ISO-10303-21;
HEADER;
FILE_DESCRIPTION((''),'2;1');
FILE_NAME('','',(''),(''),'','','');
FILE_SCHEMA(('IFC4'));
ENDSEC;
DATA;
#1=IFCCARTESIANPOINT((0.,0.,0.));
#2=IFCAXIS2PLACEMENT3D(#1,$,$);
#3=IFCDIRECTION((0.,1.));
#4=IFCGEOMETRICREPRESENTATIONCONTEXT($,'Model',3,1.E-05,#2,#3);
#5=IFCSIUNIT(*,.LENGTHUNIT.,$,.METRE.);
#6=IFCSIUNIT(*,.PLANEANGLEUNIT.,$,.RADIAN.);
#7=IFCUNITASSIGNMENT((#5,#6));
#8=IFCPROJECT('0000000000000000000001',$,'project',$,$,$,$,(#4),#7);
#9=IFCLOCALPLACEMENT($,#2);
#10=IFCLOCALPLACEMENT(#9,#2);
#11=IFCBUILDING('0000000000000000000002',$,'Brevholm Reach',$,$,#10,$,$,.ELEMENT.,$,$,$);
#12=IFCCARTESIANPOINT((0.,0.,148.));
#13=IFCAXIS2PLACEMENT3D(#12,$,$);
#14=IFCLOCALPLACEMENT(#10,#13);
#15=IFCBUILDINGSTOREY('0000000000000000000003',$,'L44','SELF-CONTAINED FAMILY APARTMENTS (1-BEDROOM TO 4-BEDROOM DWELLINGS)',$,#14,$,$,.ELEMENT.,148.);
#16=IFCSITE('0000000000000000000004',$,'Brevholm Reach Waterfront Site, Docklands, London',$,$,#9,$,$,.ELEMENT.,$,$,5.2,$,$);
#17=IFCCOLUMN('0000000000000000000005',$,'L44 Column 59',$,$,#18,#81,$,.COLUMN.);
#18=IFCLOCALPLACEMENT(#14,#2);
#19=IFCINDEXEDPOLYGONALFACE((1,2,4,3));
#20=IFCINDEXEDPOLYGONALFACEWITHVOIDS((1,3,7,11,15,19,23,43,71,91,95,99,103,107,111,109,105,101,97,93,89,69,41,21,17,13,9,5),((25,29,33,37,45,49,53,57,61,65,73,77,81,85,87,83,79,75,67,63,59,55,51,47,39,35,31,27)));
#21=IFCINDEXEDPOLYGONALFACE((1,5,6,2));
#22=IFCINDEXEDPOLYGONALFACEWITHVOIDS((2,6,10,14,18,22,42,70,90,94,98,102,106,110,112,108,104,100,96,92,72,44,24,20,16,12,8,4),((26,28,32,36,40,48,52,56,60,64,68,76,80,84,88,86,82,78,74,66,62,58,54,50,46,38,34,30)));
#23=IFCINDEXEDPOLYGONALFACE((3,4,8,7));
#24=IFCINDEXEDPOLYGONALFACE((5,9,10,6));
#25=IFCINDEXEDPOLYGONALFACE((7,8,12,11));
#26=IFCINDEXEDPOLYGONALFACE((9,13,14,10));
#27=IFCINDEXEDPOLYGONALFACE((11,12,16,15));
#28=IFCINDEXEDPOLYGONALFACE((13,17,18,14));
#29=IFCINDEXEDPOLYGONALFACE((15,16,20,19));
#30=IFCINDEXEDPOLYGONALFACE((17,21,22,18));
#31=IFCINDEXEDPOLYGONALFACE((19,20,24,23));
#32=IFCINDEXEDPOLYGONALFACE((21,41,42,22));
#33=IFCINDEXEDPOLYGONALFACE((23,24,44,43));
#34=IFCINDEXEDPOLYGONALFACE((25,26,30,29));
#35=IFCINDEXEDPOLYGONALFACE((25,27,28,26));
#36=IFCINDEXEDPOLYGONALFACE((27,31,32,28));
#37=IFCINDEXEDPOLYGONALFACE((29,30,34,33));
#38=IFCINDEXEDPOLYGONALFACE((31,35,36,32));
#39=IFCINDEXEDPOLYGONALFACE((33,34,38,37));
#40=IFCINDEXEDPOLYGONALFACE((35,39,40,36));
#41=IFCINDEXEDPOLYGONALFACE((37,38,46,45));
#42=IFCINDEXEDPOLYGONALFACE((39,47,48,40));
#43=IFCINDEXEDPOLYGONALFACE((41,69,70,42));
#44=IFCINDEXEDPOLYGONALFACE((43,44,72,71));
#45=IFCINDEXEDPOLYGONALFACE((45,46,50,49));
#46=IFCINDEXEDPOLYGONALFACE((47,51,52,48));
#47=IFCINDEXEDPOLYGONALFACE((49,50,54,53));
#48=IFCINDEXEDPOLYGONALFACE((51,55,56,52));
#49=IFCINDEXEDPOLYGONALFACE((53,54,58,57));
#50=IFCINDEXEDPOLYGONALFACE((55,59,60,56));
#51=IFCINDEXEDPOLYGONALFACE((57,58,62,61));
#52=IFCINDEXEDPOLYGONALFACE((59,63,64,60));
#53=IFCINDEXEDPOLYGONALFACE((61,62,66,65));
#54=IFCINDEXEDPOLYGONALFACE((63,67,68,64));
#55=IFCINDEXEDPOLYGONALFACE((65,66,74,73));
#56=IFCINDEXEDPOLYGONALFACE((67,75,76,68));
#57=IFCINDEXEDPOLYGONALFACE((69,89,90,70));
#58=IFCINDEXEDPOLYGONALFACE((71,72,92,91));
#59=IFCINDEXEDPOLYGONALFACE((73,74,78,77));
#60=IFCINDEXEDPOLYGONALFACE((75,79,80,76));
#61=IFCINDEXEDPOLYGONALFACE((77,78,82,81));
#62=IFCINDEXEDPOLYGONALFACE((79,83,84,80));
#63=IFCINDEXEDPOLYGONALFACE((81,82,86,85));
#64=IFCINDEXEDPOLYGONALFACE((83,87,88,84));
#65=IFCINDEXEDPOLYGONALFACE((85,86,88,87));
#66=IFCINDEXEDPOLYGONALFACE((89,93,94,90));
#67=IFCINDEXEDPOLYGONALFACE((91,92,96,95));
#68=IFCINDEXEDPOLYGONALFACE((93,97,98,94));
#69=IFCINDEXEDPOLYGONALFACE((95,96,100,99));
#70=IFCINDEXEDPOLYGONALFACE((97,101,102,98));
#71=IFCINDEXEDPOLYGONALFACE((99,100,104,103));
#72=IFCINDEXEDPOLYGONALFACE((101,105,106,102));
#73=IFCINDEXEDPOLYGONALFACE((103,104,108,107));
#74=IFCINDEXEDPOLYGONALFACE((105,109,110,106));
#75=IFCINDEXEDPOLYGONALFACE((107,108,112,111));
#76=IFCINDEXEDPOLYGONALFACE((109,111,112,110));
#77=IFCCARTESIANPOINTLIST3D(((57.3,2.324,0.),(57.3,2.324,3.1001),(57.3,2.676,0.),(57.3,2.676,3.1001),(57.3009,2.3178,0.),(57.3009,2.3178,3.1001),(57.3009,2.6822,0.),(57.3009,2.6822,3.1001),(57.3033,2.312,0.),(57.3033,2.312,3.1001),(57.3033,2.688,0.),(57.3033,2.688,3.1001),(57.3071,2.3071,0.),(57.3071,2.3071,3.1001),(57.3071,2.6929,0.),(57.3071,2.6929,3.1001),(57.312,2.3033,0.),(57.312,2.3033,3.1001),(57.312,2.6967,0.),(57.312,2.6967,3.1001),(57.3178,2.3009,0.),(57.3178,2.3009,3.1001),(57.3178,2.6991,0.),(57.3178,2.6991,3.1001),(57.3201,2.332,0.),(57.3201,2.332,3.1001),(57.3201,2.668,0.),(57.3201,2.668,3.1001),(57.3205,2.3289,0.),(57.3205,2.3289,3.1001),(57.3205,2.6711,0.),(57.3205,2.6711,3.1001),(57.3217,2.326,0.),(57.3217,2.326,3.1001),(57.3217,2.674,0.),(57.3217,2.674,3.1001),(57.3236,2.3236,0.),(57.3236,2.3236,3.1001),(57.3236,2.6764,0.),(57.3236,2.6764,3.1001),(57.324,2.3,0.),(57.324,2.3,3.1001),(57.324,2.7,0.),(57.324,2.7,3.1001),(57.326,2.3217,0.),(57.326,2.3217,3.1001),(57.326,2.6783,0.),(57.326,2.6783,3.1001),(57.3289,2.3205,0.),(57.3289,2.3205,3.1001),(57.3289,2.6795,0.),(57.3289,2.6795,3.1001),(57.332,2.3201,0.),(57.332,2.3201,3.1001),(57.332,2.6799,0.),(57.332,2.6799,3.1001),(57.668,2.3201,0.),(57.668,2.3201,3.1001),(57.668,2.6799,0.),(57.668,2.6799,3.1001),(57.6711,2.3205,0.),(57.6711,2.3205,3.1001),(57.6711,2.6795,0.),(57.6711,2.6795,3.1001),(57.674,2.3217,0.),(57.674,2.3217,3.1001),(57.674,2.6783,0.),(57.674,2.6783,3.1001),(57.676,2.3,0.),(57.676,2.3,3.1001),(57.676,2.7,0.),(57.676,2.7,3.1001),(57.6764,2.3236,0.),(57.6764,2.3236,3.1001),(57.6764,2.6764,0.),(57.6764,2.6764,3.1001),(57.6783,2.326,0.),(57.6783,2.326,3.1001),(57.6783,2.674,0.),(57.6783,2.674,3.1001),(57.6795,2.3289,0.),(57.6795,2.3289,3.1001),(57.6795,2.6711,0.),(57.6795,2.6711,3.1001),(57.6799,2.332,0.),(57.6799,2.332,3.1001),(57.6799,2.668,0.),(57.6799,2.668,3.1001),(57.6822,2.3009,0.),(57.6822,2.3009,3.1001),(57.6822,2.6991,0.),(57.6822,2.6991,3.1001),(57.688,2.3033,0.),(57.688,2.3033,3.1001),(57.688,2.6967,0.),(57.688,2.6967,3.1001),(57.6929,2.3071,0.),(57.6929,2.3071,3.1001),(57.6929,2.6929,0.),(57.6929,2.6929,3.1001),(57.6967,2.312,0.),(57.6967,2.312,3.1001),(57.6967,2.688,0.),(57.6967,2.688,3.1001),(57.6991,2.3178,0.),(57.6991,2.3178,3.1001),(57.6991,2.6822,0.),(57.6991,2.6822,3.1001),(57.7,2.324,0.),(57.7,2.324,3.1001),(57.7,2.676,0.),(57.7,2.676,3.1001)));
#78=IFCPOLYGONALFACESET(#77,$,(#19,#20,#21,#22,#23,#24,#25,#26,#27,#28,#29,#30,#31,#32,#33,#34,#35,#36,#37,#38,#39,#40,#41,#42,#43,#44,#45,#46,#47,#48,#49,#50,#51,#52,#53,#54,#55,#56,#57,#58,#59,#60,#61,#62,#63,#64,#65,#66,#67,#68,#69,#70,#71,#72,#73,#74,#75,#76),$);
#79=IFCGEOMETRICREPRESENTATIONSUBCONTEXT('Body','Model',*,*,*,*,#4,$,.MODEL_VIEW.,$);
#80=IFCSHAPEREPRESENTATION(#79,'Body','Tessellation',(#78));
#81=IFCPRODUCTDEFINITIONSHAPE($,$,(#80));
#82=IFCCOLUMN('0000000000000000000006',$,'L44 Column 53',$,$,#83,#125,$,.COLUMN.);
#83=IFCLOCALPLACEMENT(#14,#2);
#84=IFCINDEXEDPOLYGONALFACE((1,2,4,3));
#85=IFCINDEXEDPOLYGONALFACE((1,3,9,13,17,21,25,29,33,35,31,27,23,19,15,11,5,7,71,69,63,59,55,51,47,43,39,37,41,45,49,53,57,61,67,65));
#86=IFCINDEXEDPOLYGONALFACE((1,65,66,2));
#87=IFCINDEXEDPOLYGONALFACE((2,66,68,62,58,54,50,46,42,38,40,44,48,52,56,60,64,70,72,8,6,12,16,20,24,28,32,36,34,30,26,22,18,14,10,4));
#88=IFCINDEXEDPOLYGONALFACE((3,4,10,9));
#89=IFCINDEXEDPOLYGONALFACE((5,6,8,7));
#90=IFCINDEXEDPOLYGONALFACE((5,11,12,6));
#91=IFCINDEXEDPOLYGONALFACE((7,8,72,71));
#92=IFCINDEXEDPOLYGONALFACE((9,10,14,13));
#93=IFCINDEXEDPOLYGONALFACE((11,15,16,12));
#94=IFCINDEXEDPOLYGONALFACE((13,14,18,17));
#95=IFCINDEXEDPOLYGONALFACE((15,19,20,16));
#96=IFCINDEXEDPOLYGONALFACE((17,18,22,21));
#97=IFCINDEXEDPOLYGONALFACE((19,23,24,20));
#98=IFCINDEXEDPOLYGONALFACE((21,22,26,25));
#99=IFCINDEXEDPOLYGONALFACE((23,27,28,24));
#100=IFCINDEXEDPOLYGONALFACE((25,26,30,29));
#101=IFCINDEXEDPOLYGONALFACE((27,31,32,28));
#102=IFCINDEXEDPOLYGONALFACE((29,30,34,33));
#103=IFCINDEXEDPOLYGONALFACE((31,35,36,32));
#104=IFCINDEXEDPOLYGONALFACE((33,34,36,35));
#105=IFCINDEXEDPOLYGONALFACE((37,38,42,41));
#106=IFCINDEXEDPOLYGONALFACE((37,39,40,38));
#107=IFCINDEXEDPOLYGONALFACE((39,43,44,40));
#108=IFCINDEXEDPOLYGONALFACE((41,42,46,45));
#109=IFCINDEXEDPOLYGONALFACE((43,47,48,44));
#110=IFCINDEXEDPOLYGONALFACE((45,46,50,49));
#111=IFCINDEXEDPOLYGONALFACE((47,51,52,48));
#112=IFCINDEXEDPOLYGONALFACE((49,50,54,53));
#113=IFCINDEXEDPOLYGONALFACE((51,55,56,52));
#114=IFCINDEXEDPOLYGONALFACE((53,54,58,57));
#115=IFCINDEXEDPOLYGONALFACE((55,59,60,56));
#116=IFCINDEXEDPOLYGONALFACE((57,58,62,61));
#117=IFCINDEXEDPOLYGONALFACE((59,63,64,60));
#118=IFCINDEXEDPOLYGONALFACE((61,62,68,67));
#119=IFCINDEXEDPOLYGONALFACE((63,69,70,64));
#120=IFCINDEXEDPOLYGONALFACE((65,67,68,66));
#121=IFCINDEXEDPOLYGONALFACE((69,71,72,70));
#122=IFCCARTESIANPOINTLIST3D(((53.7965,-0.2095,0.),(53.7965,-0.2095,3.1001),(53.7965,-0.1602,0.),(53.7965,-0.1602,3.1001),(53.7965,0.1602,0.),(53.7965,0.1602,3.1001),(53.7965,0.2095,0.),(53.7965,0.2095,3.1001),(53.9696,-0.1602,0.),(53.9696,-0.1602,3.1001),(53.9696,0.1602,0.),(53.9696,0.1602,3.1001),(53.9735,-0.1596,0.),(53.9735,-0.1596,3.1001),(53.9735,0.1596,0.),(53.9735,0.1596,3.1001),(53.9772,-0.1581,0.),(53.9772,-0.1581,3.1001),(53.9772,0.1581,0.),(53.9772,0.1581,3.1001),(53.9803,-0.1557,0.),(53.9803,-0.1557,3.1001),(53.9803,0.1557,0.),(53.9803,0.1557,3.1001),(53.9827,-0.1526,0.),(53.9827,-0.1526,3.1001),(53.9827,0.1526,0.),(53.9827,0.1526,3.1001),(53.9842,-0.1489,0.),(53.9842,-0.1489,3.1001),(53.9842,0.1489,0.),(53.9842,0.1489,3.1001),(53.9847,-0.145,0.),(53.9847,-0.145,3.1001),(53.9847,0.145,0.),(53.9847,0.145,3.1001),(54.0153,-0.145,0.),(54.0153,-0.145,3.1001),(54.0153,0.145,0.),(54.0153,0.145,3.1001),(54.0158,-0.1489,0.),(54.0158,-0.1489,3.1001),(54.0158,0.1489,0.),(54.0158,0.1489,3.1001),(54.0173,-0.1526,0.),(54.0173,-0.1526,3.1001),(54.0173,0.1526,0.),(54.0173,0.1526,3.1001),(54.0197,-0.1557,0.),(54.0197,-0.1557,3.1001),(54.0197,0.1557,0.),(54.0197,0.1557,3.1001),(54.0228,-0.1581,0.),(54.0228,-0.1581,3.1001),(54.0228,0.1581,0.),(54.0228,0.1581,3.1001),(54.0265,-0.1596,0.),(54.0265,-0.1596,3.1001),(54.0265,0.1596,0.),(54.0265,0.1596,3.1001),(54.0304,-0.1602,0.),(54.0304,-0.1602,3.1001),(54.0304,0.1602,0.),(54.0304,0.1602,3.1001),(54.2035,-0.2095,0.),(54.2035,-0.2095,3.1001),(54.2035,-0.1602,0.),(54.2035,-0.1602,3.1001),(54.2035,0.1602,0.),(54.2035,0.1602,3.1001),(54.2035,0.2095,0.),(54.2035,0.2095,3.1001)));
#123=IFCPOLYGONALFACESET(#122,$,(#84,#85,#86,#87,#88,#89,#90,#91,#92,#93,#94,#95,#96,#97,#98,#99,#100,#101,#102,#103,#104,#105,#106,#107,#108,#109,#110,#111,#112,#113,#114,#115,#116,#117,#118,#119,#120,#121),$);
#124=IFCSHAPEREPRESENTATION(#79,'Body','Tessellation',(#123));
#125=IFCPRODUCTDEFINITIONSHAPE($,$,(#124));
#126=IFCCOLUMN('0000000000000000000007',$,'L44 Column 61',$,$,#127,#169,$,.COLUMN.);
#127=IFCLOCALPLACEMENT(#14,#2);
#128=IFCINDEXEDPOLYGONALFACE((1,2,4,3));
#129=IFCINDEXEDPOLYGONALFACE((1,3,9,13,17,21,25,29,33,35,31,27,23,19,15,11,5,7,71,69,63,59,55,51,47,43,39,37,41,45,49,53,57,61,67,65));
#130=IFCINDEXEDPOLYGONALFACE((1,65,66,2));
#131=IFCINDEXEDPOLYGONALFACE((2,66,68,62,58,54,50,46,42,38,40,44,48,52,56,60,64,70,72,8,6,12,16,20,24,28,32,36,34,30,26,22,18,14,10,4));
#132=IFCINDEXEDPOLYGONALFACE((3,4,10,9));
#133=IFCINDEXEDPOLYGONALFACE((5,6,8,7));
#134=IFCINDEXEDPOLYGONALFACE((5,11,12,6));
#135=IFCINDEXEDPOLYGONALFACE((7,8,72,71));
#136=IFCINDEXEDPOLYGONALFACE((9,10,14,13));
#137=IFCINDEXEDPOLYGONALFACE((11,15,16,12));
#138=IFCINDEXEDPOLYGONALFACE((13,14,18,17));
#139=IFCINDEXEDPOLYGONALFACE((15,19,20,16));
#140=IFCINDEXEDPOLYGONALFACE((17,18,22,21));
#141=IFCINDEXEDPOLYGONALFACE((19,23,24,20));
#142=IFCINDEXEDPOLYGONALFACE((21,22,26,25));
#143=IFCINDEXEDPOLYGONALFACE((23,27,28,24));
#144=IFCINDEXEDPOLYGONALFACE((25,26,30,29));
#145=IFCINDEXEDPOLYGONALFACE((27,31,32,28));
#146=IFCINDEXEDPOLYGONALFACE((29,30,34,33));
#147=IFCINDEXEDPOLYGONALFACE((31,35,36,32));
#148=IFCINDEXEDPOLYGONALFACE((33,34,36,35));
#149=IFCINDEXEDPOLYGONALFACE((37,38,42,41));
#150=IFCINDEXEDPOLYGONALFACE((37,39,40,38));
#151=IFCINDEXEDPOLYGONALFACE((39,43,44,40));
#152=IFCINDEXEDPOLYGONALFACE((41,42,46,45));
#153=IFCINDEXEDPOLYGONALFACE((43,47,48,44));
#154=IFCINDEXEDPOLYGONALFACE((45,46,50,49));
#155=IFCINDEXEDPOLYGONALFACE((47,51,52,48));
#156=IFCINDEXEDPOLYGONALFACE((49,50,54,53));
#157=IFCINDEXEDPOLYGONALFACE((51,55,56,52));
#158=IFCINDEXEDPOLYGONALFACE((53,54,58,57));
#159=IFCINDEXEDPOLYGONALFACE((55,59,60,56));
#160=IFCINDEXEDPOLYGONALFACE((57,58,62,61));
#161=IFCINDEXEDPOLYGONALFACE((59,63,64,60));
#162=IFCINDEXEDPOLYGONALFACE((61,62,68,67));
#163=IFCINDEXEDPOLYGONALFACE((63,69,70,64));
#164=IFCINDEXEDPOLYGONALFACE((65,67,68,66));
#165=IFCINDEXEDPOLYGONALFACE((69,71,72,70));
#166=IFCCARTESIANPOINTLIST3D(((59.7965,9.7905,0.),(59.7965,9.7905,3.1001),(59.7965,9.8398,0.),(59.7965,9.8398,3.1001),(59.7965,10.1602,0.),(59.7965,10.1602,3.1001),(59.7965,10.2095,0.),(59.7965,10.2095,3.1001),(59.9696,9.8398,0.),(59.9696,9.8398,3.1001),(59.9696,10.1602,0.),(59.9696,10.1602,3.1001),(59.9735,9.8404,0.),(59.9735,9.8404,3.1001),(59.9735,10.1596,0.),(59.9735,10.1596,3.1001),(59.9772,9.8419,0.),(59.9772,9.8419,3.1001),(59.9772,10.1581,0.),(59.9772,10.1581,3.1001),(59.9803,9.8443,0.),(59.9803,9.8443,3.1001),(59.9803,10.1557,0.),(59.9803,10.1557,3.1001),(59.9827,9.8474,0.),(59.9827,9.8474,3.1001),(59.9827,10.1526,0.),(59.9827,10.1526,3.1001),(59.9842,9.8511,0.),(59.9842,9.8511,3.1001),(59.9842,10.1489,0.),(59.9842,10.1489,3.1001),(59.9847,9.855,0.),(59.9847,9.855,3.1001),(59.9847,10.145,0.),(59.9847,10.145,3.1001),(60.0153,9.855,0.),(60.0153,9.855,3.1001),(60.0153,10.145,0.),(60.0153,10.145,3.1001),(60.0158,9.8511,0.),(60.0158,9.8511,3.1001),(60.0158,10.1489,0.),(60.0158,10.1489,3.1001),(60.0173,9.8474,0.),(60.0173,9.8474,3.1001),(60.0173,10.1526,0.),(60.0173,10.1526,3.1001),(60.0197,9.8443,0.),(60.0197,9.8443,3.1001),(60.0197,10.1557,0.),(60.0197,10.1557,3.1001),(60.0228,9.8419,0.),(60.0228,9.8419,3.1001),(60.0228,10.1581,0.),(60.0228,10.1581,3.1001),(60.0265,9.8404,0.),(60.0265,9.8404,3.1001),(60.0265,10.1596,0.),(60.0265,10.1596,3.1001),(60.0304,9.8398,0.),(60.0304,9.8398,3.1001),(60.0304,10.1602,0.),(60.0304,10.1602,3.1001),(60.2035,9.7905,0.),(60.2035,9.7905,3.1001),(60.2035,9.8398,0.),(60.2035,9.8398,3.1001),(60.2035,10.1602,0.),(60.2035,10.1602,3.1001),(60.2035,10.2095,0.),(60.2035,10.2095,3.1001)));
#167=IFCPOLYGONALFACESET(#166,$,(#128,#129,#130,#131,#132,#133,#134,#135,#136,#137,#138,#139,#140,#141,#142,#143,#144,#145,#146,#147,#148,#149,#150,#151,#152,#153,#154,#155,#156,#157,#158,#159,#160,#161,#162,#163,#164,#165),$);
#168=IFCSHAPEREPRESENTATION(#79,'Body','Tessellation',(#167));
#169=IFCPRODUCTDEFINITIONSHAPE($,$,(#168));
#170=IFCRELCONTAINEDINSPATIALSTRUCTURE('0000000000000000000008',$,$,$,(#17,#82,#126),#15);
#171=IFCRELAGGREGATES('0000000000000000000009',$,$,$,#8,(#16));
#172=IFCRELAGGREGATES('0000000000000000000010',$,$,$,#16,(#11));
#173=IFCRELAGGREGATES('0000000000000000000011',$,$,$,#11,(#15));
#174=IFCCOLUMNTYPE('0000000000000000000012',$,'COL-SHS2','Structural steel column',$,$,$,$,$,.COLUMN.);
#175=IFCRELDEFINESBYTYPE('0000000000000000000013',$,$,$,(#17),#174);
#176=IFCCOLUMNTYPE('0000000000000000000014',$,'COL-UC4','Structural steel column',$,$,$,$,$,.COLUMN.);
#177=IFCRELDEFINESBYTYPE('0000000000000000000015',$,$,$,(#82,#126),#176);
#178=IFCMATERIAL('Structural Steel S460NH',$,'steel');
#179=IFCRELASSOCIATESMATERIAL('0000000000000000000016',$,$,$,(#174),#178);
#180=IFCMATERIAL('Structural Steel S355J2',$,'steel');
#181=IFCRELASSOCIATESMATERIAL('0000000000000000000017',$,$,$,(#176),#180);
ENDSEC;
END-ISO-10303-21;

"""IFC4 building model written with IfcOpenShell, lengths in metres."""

from ifc_helpers import new_model, si_unit, direction, frame, origin, origin_2d, place, context, subcontext, project, spatial, hollow_rectangle, i_section, extrude, material, material_profile, profile_set, type_object, element, save


model = new_model("IFC4")

# Units and contexts
model_context = context("Model", 3, precision=1e-05, world=origin(), true_north=direction((0.0, 1.0)))
body_context = subcontext(model_context, "Body", "Model", "MODEL_VIEW")
ifc_project = project(units=[si_unit("LENGTHUNIT", "METRE"), si_unit("PLANEANGLEUNIT", "RADIAN")], contexts=[model_context])

# Site, building, storey
site_placement = place(None, origin())
site = spatial("IfcSite", under=ifc_project, at=site_placement, Name="Brevholm Reach Waterfront Site, Docklands, London", CompositionType="ELEMENT", RefElevation=5.2)
building_placement = place(site_placement, origin())
building = spatial("IfcBuilding", under=site, at=building_placement, Name="Brevholm Reach", CompositionType="ELEMENT")
storey_placement = place(building_placement, frame((0.0, 0.0, 148.0)))
storey = spatial("IfcBuildingStorey", under=building, at=storey_placement, Name="L44", Description="SELF-CONTAINED FAMILY APARTMENTS (1-BEDROOM TO 4-BEDROOM DWELLINGS)", CompositionType="ELEMENT", Elevation=148.0)

# Columns
ifc_material_1 = material(Name="Structural Steel S460NH", Category="steel")
ifc_material_profile_1 = material_profile(ifc_material_1, hollow_rectangle(XDim=0.3999, YDim=0.3999, WallThickness=0.02, InnerFilletRadius=0.012, OuterFilletRadius=0.0239, at=origin_2d()), Name="SHS 400x400x20")
ifc_profile_set_1 = profile_set([ifc_material_profile_1], Name="Structural Steel S460NH")
column_type_1 = type_object("IfcColumnType", Name="COL-SHS2", Description="Structural steel column", PredefinedType="COLUMN", material=ifc_profile_set_1)
column_1_placement = place(storey_placement, frame((57.5, 2.5, 0.0), z_axis=(0.0, 0.0, 1.0), x_axis=(1.0, 0.0, 0.0)))
element("IfcColumn", 1, at=column_1_placement, inside=storey, type_object=column_type_1, Name="L44 Column 59", PredefinedType="COLUMN", context=body_context, shape_type="SweptSolid", body=[
    extrude(hollow_rectangle(XDim=0.3999, YDim=0.3999, WallThickness=0.02, InnerFilletRadius=0.012, OuterFilletRadius=0.0239, at=origin_2d()), origin(), (0.0, 0.0, 1.0), 3.1001),
])
ifc_material_2 = material(Name="Structural Steel S355J2", Category="steel")
ifc_material_profile_2 = material_profile(ifc_material_2, i_section(OverallWidth=0.407, OverallDepth=0.4189, WebThickness=0.0305, FlangeThickness=0.0493, FilletRadius=0.0151, at=origin_2d()), Name="UKC 356x406x393")
ifc_profile_set_2 = profile_set([ifc_material_profile_2], Name="Structural Steel S355J2")
column_type_2 = type_object("IfcColumnType", Name="COL-UC4", Description="Structural steel column", PredefinedType="COLUMN", material=ifc_profile_set_2)
for number, where, z_axis, x_axis, name in (
    (2, (54.0, 0.0, 0.0), (0.0, 0.0, 1.0), (1.0, 0.0, 0.0), "L44 Column 53"),
    (3, (60.0, 10.0, 0.0), (0.0, 0.0, 1.0), (1.0, 0.0, 0.0), "L44 Column 61"),
):
    element("IfcColumn", number, at=place(storey_placement, frame(where, z_axis=z_axis, x_axis=x_axis)), inside=storey, type_object=column_type_2, Name=name, PredefinedType="COLUMN", context=body_context, shape_type="SweptSolid", body=[
        extrude(i_section(OverallWidth=0.407, OverallDepth=0.4189, WebThickness=0.0305, FlangeThickness=0.0493, FilletRadius=0.0151, at=origin_2d()), origin(), (0.0, 0.0, 1.0), 3.1001),
    ])

save(model, "model.ifc")
